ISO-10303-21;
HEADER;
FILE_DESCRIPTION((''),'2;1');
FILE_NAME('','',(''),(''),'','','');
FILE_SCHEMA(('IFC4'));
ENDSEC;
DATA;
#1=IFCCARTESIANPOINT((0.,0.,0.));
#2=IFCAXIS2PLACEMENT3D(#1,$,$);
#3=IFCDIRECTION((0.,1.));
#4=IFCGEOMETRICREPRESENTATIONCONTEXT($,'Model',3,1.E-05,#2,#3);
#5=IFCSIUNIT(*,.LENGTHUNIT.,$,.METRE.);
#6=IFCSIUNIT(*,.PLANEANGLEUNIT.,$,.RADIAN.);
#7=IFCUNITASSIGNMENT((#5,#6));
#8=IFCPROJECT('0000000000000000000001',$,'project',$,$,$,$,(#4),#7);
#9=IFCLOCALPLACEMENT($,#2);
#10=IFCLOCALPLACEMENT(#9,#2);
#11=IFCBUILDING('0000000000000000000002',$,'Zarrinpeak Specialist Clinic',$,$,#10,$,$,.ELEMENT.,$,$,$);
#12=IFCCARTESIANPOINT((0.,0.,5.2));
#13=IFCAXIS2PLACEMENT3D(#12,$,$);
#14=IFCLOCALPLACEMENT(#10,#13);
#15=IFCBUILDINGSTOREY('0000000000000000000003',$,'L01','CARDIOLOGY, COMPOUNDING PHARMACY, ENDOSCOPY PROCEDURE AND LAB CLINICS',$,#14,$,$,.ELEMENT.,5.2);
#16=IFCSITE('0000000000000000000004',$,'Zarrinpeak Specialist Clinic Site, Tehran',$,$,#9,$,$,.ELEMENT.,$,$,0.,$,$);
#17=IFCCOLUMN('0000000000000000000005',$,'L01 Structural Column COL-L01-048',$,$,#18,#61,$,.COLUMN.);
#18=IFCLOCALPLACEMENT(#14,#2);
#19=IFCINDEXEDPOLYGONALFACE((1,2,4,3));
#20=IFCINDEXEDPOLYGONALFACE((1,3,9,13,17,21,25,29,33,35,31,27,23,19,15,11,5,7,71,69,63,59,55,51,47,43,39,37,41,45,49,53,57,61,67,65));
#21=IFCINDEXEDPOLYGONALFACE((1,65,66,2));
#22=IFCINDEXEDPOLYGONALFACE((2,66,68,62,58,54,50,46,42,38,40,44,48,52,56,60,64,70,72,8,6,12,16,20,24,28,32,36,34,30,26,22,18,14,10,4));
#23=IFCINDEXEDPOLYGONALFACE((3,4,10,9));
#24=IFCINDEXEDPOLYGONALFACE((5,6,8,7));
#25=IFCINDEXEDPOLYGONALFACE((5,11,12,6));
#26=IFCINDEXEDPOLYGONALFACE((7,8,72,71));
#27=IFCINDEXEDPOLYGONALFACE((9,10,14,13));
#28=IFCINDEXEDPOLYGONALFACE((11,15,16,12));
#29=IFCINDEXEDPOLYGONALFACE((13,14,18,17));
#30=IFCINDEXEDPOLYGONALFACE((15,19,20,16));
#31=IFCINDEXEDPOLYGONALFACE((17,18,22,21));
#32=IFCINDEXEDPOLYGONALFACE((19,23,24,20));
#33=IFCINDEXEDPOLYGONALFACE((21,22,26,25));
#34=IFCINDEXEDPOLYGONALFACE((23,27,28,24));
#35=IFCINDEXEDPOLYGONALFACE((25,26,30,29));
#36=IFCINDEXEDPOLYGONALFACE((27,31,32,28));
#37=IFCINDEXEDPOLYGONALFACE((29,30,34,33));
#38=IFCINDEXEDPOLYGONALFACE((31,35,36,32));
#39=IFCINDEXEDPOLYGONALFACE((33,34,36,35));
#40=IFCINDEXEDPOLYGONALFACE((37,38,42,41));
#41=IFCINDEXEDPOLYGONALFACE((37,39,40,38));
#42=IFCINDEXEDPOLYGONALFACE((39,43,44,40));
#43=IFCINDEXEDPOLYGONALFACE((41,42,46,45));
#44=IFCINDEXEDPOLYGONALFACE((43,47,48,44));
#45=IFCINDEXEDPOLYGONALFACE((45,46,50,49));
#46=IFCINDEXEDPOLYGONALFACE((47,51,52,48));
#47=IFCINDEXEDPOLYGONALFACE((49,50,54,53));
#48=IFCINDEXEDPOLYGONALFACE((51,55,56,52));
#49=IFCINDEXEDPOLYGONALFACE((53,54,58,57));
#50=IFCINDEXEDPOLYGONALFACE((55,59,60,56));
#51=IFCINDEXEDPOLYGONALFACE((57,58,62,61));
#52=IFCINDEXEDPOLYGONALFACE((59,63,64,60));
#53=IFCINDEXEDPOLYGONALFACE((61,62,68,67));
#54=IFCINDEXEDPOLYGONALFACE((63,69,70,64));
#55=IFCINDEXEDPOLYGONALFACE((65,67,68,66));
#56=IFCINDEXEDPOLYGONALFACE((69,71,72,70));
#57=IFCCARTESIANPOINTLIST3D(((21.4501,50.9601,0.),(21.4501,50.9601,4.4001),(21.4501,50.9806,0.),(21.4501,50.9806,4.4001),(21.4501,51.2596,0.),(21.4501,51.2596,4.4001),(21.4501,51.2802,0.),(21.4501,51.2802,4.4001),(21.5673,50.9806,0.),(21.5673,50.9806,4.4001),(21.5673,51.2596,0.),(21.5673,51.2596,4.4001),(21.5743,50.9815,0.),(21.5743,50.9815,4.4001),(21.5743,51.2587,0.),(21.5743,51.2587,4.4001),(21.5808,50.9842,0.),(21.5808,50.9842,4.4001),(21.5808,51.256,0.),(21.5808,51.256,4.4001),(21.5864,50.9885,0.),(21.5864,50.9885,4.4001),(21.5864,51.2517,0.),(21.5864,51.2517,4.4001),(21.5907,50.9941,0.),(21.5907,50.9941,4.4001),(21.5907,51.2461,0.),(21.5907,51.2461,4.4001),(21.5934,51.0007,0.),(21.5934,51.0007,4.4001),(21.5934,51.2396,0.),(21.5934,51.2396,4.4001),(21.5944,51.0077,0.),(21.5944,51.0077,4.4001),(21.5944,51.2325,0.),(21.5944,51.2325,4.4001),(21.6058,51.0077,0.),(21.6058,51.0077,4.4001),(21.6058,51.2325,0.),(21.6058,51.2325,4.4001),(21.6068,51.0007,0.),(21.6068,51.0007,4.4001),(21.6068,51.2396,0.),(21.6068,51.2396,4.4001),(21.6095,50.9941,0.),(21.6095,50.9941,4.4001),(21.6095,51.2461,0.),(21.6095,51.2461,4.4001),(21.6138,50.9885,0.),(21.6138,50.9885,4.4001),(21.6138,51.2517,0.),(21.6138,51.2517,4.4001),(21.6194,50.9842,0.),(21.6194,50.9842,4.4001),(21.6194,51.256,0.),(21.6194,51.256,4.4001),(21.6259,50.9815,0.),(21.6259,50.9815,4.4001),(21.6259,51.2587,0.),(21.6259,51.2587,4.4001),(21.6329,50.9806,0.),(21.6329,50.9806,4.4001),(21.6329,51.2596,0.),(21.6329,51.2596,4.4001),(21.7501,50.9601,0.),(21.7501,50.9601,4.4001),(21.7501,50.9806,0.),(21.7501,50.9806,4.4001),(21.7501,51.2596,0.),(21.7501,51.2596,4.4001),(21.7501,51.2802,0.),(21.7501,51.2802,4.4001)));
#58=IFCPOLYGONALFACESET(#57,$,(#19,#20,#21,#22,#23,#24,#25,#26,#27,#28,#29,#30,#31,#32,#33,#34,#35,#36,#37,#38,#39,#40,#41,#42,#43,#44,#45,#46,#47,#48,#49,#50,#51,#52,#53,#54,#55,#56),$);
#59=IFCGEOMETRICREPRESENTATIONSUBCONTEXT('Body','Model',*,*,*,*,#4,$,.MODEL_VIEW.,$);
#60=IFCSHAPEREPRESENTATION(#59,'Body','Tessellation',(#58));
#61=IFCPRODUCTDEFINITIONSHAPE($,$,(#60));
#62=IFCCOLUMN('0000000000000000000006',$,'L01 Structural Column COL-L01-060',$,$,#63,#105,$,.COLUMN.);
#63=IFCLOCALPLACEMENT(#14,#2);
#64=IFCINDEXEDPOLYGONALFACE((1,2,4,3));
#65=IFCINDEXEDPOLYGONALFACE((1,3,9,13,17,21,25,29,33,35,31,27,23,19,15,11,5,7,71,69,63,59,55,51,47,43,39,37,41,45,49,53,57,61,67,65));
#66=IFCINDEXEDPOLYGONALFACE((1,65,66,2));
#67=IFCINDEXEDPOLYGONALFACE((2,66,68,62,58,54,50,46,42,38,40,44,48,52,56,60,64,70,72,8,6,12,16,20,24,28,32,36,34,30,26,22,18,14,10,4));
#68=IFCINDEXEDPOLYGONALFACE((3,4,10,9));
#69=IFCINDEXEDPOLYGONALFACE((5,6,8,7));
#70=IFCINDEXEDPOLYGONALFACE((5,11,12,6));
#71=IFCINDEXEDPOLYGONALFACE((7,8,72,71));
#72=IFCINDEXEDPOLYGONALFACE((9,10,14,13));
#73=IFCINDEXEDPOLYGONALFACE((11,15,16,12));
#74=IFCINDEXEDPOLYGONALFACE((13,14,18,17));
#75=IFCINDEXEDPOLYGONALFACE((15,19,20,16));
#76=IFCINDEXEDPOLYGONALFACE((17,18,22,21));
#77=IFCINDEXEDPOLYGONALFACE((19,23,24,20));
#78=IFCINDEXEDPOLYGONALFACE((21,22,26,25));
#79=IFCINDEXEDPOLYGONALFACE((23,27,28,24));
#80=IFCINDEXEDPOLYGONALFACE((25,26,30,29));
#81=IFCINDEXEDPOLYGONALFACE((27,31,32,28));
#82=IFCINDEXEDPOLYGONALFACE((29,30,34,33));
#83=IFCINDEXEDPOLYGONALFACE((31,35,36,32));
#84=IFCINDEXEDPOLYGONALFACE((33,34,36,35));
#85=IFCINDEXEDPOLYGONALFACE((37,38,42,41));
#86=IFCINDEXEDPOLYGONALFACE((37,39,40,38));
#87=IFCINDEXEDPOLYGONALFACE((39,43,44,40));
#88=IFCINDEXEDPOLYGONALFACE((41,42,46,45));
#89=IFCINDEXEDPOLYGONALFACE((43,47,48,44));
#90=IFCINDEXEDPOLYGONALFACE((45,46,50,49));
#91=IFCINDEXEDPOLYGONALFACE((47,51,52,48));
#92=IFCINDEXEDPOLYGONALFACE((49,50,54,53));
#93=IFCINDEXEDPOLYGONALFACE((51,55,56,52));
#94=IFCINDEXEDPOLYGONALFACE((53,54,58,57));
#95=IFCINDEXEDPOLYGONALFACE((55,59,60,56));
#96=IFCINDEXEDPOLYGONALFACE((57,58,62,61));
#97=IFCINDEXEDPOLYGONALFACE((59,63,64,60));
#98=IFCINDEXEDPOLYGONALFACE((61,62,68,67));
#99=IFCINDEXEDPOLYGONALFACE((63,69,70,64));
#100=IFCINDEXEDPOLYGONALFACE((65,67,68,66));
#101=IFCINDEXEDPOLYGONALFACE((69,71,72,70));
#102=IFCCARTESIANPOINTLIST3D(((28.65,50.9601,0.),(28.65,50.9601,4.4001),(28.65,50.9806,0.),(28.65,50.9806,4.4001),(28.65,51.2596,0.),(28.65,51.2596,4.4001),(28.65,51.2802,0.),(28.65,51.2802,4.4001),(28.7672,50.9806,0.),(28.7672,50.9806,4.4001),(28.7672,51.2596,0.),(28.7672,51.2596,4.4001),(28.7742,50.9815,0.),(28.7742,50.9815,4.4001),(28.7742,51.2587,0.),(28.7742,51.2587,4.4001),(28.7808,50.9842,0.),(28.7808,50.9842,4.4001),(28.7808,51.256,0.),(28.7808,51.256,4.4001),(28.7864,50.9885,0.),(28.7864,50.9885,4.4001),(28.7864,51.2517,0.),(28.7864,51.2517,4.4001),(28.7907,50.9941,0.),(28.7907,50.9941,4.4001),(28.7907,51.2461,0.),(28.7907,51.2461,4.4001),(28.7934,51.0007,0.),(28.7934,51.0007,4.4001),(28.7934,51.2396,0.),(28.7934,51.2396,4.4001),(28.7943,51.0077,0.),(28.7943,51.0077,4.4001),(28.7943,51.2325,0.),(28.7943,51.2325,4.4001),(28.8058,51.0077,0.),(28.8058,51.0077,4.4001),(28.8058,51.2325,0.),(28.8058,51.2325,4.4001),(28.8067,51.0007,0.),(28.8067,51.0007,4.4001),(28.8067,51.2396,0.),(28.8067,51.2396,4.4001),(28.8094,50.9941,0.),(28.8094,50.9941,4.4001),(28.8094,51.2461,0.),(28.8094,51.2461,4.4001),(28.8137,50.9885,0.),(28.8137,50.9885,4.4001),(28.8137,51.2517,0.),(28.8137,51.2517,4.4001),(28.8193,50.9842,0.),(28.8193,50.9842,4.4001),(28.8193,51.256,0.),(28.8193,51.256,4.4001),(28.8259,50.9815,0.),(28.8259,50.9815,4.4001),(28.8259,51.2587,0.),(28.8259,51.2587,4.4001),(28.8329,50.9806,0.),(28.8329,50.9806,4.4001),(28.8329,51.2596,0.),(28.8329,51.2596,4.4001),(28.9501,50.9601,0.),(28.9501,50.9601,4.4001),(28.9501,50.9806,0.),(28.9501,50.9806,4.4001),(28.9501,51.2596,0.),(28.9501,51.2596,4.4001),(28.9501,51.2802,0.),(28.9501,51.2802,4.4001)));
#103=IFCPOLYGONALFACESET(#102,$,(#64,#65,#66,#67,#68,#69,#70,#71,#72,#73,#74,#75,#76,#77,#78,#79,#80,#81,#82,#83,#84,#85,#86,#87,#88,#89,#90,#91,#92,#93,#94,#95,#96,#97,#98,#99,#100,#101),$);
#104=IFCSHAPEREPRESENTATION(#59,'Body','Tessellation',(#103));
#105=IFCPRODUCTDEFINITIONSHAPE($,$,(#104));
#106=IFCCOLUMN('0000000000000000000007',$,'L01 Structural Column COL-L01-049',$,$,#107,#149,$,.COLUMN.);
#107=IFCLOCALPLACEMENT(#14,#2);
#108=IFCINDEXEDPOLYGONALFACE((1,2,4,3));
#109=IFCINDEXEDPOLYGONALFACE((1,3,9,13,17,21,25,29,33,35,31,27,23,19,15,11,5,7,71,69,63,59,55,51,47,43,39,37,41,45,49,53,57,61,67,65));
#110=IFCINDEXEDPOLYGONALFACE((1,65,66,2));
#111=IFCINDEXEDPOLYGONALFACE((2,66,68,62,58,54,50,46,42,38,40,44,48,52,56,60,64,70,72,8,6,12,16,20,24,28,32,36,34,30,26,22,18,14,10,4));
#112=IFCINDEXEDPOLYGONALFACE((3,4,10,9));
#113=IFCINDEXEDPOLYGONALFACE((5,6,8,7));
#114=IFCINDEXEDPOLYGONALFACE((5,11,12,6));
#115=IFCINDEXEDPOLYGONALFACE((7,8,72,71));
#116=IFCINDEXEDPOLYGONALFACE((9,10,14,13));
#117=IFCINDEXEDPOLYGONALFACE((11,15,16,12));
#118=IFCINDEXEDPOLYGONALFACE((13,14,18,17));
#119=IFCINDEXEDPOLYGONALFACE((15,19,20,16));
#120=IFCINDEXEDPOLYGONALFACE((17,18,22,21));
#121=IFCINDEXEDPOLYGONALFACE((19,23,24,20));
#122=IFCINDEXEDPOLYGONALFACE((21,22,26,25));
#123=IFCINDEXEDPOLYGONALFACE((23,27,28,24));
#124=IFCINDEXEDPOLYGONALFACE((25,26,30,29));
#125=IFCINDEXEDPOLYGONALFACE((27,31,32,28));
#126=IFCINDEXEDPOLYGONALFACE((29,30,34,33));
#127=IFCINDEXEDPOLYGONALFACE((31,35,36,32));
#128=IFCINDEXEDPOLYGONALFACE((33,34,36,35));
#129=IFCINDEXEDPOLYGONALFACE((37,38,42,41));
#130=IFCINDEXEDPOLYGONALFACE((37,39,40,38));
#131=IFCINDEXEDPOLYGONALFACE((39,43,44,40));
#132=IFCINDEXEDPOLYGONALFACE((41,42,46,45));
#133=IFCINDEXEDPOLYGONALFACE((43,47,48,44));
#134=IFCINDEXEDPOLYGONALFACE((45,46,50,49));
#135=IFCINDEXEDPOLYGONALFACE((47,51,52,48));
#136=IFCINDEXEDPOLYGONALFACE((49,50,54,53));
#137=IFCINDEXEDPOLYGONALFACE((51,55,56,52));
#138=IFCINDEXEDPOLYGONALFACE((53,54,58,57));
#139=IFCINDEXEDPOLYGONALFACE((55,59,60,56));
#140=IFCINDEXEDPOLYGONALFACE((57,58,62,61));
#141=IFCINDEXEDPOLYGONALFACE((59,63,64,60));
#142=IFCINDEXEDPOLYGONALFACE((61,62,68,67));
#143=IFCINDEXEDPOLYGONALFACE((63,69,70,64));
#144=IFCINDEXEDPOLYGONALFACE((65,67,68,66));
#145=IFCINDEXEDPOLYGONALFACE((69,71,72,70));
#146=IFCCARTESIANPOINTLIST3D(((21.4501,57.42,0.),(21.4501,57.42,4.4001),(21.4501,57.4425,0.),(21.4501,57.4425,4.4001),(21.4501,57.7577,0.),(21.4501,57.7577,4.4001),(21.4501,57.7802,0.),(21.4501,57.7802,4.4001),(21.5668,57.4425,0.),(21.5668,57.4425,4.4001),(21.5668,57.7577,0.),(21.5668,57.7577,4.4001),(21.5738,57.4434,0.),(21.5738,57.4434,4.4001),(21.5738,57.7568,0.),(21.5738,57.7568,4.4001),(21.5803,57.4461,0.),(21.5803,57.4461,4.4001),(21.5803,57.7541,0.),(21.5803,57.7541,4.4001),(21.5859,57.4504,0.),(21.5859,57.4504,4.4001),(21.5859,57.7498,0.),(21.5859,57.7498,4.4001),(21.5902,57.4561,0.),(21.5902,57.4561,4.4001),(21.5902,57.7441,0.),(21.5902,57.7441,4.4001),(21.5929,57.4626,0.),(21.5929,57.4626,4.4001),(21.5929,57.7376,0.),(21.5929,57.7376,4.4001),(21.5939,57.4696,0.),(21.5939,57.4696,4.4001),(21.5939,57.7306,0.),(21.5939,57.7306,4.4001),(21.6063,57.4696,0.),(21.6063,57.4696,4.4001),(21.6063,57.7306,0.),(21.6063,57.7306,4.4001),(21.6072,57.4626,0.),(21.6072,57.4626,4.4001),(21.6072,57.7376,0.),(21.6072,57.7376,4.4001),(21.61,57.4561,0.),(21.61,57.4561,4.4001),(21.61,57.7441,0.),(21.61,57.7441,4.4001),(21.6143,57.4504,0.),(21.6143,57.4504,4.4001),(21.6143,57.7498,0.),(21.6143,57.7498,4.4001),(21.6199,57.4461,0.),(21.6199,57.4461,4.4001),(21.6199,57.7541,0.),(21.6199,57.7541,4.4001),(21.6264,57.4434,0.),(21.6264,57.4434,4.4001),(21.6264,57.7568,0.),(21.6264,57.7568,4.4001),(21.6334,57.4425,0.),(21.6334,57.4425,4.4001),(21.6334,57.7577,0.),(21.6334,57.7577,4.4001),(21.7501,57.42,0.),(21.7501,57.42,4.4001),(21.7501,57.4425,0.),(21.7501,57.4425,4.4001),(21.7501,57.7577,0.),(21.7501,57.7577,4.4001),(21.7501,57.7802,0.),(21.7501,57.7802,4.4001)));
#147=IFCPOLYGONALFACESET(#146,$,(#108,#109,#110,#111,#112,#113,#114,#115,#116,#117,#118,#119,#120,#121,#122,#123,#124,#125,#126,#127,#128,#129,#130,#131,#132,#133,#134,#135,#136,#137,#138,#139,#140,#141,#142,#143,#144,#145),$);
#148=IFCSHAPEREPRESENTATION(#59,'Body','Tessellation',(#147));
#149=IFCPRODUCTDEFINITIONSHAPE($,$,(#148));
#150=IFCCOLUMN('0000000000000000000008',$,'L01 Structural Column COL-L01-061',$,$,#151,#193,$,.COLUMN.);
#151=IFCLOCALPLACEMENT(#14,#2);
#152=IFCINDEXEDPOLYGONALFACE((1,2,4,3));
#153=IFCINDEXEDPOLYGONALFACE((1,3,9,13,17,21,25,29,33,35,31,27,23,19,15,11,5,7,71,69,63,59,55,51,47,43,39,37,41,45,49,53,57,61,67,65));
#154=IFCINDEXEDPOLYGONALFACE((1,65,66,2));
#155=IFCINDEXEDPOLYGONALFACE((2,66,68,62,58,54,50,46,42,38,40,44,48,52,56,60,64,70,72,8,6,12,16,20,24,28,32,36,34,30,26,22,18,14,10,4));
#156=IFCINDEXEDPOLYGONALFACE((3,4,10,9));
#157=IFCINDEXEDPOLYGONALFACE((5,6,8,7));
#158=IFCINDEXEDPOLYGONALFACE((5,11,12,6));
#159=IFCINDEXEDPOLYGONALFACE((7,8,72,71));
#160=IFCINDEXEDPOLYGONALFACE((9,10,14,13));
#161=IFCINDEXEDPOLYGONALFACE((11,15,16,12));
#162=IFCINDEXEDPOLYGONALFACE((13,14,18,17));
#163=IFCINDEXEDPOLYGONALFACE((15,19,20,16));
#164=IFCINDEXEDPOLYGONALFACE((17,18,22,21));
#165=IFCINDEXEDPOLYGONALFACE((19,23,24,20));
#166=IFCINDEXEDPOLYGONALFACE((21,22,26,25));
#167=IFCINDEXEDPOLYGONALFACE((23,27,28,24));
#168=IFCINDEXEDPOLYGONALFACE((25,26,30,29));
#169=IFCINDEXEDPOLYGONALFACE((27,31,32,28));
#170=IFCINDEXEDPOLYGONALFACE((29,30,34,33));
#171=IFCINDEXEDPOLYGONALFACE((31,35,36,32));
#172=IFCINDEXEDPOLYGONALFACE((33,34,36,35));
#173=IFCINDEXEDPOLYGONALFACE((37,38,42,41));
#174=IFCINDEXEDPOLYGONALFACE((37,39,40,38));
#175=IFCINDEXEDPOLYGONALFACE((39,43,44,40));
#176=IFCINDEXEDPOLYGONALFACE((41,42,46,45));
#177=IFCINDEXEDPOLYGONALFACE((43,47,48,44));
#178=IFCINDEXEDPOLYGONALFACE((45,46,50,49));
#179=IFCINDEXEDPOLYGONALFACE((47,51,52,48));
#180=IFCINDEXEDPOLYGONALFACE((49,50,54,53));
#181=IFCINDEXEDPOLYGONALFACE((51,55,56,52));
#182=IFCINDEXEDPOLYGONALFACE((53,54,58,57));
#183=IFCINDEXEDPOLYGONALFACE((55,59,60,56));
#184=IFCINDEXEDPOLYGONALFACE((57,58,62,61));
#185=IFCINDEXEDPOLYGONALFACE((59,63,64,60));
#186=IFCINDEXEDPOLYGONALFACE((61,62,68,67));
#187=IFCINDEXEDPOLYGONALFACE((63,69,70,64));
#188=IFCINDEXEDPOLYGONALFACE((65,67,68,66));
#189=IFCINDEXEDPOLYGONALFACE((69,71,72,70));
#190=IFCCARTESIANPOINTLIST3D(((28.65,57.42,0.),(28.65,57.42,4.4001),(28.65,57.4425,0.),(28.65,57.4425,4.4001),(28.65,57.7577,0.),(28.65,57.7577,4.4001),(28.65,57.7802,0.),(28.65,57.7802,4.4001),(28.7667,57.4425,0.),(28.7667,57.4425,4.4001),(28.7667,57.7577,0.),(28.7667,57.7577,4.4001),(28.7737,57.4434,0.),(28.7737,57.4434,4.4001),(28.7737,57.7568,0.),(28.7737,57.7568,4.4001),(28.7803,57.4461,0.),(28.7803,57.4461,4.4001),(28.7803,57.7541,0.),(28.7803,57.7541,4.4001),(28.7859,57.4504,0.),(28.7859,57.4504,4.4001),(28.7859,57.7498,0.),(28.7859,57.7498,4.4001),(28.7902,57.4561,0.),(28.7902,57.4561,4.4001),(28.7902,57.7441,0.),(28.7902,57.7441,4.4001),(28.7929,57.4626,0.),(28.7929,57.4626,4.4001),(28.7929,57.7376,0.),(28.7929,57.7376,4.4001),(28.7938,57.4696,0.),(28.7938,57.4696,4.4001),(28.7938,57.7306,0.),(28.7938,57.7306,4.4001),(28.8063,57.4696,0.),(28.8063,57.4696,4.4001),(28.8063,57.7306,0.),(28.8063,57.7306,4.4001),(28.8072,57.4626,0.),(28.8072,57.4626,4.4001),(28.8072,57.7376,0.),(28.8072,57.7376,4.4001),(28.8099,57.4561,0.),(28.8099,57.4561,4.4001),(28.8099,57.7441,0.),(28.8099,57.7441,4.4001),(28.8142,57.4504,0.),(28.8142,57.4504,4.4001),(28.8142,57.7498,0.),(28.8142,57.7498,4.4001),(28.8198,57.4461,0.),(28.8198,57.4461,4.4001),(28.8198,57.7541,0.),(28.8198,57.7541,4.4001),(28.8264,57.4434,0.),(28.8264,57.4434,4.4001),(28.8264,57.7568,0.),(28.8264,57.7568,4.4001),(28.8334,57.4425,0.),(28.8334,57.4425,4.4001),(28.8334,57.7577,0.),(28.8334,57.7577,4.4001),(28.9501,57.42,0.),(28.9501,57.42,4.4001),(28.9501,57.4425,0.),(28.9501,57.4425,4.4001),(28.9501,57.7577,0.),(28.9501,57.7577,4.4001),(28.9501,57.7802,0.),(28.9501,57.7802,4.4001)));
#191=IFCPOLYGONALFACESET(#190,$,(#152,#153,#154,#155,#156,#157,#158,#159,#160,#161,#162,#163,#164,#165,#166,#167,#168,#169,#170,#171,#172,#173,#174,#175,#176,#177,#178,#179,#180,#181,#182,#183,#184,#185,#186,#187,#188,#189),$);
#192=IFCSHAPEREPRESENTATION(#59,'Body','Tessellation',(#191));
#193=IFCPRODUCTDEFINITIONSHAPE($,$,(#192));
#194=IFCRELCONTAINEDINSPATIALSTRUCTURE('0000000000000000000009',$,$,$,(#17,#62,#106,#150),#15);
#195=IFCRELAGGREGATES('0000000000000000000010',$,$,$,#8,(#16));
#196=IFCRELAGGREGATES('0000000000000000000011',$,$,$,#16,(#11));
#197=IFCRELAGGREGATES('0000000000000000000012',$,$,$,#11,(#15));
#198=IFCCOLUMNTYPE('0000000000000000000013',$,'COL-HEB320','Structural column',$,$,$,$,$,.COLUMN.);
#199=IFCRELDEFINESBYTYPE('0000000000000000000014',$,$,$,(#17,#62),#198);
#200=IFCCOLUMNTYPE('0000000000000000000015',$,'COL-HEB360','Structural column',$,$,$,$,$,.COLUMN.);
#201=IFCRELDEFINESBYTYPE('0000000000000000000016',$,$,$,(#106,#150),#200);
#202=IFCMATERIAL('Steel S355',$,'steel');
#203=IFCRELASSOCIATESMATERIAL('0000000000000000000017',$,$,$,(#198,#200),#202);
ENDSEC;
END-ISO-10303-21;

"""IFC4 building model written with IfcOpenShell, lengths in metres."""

from ifc_helpers import new_model, si_unit, direction, frame, origin, origin_2d, place, context, subcontext, project, spatial, i_section, extrude, material, material_profile, profile_set, type_object, element, save


model = new_model("IFC4")

# Units and contexts
model_context = context("Model", 3, precision=1e-05, world=origin(), true_north=direction((0.0, 1.0)))
body_context = subcontext(model_context, "Body", "Model", "MODEL_VIEW")
ifc_project = project(units=[si_unit("LENGTHUNIT", "METRE"), si_unit("PLANEANGLEUNIT", "RADIAN")], contexts=[model_context])

# Site, building, storey
site_placement = place(None, origin())
site = spatial("IfcSite", under=ifc_project, at=site_placement, Name="Zarrinpeak Specialist Clinic Site, Tehran", CompositionType="ELEMENT", RefElevation=0.0)
building_placement = place(site_placement, origin())
building = spatial("IfcBuilding", under=site, at=building_placement, Name="Zarrinpeak Specialist Clinic", CompositionType="ELEMENT")
storey_placement = place(building_placement, frame((0.0, 0.0, 5.2)))
storey = spatial("IfcBuildingStorey", under=building, at=storey_placement, Name="L01", Description="CARDIOLOGY, COMPOUNDING PHARMACY, ENDOSCOPY PROCEDURE AND LAB CLINICS", CompositionType="ELEMENT", Elevation=5.2)

# Columns
ifc_material_1 = material(Name="Steel S355", Category="steel")
ifc_material_profile_1 = material_profile(ifc_material_1, i_section(OverallWidth=0.3, OverallDepth=0.3201, WebThickness=0.0115, FlangeThickness=0.0205, FilletRadius=0.0271, at=origin_2d()), Name="HEB 320")
ifc_profile_set_1 = profile_set([ifc_material_profile_1], Name="Steel S355")
column_type_1 = type_object("IfcColumnType", Name="COL-HEB320", Description="Structural column", PredefinedType="COLUMN", material=ifc_profile_set_1)
for number, where, z_axis, x_axis, name in (
    (1, (21.6001, 51.1201, 0.0), (0.0, 0.0, 1.0), (1.0, 0.0, 0.0), "L01 Structural Column COL-L01-048"),
    (2, (28.8, 51.1201, 0.0), (0.0, 0.0, 1.0), (1.0, 0.0, 0.0), "L01 Structural Column COL-L01-060"),
):
    element("IfcColumn", number, at=place(storey_placement, frame(where, z_axis=z_axis, x_axis=x_axis)), inside=storey, type_object=column_type_1, Name=name, PredefinedType="COLUMN", context=body_context, shape_type="SweptSolid", body=[
        extrude(i_section(OverallWidth=0.3, OverallDepth=0.3201, WebThickness=0.0115, FlangeThickness=0.0205, FilletRadius=0.0271, at=origin_2d()), origin(), (0.0, 0.0, 1.0), 4.4001),
    ])
ifc_material_profile_2 = material_profile(ifc_material_1, i_section(OverallWidth=0.3, OverallDepth=0.3601, WebThickness=0.0125, FlangeThickness=0.0225, FilletRadius=0.0271, at=origin_2d()), Name="HEB 360")
ifc_profile_set_2 = profile_set([ifc_material_profile_2], Name="Steel S355")
column_type_2 = type_object("IfcColumnType", Name="COL-HEB360", Description="Structural column", PredefinedType="COLUMN", material=ifc_profile_set_2)
for number, where, z_axis, x_axis, name in (
    (3, (21.6001, 57.6001, 0.0), (0.0, 0.0, 1.0), (1.0, 0.0, 0.0), "L01 Structural Column COL-L01-049"),
    (4, (28.8, 57.6001, 0.0), (0.0, 0.0, 1.0), (1.0, 0.0, 0.0), "L01 Structural Column COL-L01-061"),
):
    element("IfcColumn", number, at=place(storey_placement, frame(where, z_axis=z_axis, x_axis=x_axis)), inside=storey, type_object=column_type_2, Name=name, PredefinedType="COLUMN", context=body_context, shape_type="SweptSolid", body=[
        extrude(i_section(OverallWidth=0.3, OverallDepth=0.3601, WebThickness=0.0125, FlangeThickness=0.0225, FilletRadius=0.0271, at=origin_2d()), origin(), (0.0, 0.0, 1.0), 4.4001),
    ])

save(model, "model.ifc")
